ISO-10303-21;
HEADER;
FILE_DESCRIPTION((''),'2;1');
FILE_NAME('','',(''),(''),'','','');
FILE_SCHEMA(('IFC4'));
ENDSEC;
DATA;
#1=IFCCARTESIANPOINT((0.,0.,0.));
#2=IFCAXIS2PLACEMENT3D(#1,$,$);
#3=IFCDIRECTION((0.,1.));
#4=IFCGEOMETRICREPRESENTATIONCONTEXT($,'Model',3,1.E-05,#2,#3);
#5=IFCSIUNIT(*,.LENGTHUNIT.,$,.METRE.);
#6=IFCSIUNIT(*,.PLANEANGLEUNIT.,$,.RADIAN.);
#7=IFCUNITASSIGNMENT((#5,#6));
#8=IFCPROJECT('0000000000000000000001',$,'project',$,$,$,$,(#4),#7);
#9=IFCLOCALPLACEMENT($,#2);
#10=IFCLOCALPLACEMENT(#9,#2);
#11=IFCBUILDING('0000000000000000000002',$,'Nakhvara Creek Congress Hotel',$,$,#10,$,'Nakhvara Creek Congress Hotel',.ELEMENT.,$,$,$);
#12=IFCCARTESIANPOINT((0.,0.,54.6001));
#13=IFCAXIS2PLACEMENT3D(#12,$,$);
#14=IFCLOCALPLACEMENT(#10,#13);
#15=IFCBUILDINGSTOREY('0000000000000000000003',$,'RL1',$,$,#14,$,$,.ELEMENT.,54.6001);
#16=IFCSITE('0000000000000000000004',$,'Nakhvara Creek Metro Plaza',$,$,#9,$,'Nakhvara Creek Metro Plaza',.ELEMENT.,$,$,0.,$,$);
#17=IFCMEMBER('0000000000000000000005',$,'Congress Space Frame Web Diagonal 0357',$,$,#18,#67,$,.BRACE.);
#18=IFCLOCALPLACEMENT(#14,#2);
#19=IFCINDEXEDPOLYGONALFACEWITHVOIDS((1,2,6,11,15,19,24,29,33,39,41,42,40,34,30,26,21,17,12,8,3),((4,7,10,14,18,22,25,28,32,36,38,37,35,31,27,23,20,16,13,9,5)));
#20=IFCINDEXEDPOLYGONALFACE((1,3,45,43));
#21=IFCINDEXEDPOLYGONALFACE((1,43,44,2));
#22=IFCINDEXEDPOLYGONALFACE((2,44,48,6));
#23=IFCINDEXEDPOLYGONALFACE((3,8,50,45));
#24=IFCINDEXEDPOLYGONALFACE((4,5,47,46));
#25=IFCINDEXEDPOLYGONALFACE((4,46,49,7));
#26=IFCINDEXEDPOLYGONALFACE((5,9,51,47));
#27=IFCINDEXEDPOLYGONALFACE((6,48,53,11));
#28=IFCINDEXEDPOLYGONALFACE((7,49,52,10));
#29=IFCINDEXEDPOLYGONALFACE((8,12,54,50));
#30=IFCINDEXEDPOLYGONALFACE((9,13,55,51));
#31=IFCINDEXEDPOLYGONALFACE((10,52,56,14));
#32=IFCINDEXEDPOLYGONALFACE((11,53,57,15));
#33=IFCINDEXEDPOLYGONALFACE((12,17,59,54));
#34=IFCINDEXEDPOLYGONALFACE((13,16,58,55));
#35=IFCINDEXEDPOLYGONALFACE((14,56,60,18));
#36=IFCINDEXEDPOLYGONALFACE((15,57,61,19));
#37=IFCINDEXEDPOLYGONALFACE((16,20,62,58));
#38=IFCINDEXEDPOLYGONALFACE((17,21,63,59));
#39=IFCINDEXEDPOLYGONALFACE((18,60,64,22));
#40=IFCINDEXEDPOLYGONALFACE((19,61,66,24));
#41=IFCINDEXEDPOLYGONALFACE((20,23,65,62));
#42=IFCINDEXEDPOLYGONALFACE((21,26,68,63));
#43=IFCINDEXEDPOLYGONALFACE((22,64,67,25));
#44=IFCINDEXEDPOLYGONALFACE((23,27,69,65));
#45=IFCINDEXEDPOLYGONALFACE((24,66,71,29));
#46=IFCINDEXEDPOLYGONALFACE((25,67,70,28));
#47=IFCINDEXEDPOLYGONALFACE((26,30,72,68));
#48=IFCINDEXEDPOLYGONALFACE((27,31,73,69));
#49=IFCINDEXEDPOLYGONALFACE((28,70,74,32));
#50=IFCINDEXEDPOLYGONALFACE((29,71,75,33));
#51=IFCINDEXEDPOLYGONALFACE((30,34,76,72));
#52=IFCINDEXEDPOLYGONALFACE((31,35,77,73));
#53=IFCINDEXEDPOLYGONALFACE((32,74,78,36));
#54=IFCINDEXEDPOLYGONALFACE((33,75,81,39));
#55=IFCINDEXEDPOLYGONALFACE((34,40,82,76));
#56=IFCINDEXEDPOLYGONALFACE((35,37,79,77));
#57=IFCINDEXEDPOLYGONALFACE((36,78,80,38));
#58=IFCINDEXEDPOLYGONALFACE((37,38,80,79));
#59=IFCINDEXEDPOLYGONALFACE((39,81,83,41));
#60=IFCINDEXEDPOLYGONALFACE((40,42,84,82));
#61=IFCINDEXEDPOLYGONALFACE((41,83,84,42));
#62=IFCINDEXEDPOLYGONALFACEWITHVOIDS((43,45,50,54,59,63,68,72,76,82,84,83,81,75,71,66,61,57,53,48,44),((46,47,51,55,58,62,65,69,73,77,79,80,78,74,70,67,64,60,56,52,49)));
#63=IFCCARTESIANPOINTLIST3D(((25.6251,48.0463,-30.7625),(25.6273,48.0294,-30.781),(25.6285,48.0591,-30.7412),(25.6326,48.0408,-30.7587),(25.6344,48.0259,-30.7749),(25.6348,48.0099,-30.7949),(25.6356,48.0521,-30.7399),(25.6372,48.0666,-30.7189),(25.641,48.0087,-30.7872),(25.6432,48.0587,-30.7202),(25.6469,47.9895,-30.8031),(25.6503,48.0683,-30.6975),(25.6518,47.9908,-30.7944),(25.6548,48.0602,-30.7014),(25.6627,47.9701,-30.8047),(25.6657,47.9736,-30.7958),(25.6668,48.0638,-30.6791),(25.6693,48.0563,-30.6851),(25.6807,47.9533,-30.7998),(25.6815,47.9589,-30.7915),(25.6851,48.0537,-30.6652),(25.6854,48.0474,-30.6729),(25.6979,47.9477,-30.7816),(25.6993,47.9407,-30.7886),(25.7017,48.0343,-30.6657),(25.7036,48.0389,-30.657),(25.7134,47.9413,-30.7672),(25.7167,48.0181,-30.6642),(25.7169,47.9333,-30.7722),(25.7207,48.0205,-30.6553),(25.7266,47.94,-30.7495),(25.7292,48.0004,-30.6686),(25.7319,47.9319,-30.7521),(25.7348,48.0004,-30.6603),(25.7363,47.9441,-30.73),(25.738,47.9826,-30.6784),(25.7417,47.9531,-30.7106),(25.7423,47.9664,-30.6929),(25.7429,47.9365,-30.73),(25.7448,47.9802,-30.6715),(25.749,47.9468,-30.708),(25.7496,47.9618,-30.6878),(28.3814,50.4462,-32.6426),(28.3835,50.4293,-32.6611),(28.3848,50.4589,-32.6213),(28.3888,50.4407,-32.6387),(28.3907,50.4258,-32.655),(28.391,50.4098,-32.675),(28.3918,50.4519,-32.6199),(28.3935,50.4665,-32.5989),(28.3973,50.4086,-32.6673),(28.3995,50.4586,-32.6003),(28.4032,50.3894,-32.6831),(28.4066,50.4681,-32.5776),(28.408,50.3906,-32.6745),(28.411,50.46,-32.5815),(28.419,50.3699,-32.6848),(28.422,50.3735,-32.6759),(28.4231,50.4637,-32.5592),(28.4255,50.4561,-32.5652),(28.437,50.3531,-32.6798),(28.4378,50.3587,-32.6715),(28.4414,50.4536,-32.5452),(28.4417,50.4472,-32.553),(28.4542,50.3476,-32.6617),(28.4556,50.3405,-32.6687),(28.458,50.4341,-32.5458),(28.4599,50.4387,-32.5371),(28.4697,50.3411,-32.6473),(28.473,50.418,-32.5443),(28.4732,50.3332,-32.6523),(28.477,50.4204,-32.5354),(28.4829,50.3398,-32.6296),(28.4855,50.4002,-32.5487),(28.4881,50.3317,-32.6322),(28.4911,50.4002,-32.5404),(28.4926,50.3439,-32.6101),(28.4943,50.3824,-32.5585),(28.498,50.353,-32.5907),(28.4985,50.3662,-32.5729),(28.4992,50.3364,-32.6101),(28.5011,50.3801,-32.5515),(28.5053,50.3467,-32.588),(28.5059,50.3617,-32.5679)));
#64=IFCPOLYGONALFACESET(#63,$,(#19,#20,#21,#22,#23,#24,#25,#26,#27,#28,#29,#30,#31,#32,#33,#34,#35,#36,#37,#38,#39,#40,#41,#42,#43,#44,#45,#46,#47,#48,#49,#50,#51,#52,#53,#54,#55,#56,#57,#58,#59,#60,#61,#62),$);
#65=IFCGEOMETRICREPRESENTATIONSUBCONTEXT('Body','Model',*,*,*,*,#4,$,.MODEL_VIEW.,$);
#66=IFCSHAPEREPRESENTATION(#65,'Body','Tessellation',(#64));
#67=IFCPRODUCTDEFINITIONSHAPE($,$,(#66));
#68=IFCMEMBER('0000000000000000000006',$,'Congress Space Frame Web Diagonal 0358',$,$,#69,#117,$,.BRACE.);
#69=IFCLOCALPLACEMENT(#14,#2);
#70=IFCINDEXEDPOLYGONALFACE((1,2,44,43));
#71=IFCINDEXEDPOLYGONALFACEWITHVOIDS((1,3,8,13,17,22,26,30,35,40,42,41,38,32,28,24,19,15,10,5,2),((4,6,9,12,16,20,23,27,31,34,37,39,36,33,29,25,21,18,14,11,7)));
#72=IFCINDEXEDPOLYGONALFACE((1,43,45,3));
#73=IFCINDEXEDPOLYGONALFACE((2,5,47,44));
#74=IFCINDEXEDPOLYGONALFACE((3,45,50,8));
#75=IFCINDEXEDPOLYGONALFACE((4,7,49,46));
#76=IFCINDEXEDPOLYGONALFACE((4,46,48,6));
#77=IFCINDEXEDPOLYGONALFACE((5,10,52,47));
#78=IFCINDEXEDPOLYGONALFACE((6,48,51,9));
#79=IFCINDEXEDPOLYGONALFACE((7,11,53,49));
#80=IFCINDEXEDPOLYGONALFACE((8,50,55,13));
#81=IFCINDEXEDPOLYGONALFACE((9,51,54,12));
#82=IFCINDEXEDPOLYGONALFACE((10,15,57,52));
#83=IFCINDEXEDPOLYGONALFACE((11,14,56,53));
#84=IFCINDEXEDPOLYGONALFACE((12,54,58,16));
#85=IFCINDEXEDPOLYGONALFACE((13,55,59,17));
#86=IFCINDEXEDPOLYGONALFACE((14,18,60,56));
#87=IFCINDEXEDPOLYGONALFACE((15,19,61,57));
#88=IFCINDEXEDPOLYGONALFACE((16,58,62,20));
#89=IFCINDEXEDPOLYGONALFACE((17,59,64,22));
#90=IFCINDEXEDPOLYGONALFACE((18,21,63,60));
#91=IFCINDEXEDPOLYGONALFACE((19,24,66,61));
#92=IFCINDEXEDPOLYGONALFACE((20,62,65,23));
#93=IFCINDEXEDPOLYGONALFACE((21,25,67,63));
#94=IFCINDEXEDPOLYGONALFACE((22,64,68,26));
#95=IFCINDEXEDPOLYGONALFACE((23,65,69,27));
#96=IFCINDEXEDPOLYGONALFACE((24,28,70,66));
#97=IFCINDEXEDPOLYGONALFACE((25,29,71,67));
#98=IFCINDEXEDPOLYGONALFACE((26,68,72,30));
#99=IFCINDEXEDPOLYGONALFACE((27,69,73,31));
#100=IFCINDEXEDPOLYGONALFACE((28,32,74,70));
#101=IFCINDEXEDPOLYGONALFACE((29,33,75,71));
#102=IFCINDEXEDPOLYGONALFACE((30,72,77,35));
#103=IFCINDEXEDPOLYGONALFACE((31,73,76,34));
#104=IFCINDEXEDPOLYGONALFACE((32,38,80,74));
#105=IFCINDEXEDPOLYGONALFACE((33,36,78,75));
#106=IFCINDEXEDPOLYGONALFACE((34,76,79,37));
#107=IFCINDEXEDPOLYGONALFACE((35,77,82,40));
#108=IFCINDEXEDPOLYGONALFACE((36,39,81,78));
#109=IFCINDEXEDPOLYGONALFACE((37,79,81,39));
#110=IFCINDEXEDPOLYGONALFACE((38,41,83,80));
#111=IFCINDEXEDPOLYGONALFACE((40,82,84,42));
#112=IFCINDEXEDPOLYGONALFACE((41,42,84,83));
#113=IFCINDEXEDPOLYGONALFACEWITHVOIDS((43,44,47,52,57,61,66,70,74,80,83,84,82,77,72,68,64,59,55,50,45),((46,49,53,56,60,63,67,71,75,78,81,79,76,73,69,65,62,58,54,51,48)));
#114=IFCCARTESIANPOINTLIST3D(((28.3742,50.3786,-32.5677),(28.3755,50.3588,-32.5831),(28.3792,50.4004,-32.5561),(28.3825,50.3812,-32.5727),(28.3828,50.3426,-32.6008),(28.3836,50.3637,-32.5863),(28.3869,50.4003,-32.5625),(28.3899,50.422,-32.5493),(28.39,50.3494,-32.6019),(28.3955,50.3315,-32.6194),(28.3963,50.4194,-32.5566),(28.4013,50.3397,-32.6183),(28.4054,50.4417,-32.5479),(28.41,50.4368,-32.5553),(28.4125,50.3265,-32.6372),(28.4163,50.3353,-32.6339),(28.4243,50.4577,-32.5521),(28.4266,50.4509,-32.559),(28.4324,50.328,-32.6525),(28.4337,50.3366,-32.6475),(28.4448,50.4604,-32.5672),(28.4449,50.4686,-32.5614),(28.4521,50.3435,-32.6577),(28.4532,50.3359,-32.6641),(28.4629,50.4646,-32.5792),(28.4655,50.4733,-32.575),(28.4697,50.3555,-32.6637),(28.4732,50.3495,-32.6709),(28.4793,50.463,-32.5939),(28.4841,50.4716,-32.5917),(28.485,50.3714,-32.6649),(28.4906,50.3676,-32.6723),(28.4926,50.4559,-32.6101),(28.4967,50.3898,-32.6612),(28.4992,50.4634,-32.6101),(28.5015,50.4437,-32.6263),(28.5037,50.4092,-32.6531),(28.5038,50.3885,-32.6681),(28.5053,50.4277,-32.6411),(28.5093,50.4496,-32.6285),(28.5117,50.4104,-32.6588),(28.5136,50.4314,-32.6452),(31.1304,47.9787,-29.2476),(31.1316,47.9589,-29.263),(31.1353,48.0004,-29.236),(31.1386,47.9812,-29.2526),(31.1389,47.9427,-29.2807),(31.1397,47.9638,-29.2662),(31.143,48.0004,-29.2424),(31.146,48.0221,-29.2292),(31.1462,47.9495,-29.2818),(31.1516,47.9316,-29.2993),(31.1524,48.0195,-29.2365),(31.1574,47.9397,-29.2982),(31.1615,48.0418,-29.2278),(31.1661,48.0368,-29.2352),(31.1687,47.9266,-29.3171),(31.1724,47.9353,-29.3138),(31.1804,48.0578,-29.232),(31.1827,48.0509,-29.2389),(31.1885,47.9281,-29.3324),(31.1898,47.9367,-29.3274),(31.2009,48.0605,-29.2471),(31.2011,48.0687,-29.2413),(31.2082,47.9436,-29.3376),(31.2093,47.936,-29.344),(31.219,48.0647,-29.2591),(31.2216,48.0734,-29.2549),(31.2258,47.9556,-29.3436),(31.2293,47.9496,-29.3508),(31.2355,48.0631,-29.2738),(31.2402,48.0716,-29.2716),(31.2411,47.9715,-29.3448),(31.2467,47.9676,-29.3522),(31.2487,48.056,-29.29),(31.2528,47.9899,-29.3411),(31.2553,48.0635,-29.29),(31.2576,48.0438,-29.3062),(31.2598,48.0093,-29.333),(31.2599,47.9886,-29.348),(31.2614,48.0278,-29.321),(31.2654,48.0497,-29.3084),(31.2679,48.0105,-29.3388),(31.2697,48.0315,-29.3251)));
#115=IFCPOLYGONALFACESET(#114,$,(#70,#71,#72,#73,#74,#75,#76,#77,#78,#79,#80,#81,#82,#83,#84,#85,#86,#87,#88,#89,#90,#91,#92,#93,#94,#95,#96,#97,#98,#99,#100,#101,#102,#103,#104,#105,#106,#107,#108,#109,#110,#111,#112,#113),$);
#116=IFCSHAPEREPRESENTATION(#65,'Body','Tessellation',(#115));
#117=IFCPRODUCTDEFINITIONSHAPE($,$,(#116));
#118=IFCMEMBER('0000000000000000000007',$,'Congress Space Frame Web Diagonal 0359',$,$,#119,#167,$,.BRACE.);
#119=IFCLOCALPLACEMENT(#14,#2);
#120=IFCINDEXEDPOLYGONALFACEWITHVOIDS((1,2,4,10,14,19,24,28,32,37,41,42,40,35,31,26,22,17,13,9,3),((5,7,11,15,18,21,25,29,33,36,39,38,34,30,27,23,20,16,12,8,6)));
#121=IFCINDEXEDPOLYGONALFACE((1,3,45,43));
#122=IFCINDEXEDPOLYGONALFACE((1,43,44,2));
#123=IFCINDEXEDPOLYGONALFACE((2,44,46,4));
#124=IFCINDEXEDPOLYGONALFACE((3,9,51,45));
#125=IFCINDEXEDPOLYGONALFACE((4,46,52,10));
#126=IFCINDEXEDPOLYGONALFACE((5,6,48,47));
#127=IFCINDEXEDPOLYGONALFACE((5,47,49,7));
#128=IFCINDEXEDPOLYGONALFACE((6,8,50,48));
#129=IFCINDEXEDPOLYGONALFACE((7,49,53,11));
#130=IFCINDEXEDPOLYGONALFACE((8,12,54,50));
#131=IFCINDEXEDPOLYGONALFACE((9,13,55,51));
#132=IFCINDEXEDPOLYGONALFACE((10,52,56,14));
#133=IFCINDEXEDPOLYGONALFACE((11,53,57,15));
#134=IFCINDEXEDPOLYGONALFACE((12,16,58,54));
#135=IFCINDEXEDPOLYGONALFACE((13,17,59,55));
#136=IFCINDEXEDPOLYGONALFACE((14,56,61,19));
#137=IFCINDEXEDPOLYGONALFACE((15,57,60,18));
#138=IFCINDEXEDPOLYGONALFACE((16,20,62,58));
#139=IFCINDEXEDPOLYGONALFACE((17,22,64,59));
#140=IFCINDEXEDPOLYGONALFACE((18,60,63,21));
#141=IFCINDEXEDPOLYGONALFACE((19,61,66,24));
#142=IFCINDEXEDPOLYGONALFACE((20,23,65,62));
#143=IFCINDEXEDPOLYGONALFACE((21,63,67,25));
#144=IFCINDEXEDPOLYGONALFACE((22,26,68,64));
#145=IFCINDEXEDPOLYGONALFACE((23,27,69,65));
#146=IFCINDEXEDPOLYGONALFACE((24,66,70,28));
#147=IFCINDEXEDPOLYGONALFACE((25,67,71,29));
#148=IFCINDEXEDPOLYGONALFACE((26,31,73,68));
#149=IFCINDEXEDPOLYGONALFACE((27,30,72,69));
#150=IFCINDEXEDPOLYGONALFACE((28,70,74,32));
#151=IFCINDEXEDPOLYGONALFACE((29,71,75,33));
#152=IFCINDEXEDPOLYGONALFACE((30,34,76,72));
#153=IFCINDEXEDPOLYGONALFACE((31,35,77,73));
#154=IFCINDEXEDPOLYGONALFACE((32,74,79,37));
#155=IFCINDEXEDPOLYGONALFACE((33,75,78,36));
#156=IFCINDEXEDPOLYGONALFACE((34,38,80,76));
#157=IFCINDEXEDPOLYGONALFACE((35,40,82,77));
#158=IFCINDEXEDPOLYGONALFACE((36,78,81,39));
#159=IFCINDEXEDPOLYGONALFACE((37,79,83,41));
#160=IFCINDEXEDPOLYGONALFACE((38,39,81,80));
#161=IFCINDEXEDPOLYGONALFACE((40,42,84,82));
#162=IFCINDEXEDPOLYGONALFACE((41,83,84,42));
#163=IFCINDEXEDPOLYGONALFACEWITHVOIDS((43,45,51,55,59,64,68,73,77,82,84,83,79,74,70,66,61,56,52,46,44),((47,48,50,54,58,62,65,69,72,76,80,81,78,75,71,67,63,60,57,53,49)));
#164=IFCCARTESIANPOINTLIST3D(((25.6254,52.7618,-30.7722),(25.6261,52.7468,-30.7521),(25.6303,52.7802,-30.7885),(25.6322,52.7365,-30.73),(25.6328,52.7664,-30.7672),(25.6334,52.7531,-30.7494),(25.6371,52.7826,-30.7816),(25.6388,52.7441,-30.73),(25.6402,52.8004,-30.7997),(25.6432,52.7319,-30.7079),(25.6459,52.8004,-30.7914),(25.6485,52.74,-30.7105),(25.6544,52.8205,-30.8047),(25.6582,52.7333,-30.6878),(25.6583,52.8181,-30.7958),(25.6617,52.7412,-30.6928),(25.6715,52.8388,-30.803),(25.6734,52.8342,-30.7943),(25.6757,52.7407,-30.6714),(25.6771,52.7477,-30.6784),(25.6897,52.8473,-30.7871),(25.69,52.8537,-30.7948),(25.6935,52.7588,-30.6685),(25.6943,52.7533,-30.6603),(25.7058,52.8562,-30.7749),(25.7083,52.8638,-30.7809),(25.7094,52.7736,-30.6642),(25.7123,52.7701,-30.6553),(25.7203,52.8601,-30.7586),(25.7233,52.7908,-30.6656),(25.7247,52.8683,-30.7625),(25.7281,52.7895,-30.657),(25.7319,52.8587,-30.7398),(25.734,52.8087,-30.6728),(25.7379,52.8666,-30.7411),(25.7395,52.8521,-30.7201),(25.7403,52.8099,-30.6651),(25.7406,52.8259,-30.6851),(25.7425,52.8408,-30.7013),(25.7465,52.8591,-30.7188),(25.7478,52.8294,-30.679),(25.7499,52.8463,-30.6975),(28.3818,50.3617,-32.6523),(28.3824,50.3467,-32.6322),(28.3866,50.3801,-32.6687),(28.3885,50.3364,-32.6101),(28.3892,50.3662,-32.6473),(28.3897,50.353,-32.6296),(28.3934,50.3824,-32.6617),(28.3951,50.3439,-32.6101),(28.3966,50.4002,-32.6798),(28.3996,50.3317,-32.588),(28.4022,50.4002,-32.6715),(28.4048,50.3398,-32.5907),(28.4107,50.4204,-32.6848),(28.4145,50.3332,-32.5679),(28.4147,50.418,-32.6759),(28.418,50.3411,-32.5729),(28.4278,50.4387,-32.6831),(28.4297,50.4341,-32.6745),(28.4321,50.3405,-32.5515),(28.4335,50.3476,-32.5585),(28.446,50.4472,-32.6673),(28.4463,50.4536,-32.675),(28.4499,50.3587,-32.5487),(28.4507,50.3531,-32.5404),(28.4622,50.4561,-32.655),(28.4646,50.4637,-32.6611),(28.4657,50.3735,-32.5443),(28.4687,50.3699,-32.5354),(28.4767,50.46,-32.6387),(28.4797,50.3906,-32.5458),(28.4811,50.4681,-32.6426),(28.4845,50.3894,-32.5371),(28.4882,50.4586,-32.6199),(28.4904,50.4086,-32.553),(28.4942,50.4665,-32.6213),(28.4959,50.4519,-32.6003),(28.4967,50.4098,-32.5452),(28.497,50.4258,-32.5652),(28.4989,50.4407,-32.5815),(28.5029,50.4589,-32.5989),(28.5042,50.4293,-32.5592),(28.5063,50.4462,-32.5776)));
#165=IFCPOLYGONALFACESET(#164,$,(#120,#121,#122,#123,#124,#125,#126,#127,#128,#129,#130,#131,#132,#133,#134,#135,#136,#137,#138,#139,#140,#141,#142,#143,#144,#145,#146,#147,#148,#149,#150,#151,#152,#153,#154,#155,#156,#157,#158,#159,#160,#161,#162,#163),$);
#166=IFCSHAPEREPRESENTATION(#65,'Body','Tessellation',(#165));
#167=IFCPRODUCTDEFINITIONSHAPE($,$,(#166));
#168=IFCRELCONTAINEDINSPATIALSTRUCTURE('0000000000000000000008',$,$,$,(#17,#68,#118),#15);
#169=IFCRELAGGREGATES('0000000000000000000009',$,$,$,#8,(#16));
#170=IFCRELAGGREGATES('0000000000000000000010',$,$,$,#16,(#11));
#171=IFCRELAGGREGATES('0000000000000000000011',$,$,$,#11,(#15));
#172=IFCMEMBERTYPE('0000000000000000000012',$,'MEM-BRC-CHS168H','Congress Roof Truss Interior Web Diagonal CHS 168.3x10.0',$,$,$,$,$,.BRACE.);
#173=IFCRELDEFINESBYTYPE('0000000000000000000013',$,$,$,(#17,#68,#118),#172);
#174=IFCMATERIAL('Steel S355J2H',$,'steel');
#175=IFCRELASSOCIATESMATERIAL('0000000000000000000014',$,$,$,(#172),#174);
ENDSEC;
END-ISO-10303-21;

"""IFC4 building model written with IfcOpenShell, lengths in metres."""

from ifc_helpers import new_model, si_unit, direction, frame, origin, origin_2d, place, context, subcontext, project, spatial, hollow_circle, extrude, material, material_profile, profile_set, type_object, element, save


model = new_model("IFC4")

# Units and contexts
model_context = context("Model", 3, precision=1e-05, world=origin(), true_north=direction((0.0, 1.0)))
body_context = subcontext(model_context, "Body", "Model", "MODEL_VIEW")
ifc_project = project(units=[si_unit("LENGTHUNIT", "METRE"), si_unit("PLANEANGLEUNIT", "RADIAN")], contexts=[model_context])

# Site, building, storey
site_placement = place(None, origin())
site = spatial("IfcSite", under=ifc_project, at=site_placement, Name="Nakhvara Creek Metro Plaza", LongName="Nakhvara Creek Metro Plaza", CompositionType="ELEMENT", RefElevation=0.0)
building_placement = place(site_placement, origin())
building = spatial("IfcBuilding", under=site, at=building_placement, Name="Nakhvara Creek Congress Hotel", LongName="Nakhvara Creek Congress Hotel", CompositionType="ELEMENT")
storey_placement = place(building_placement, frame((0.0, 0.0, 54.6001)))
storey = spatial("IfcBuildingStorey", under=building, at=storey_placement, Name="RL1", CompositionType="ELEMENT", Elevation=54.6001)

# Members
ifc_material_1 = material(Name="Steel S355J2H", Category="steel")
ifc_material_profile_1 = material_profile(ifc_material_1, hollow_circle(Radius=0.0842, WallThickness=0.01, at=origin_2d()), Name="CHS 168.3x10.0", Category="LoadBearing")
ifc_profile_set_1 = profile_set([ifc_material_profile_1], Name="Steel S355J2H")
member_type_1 = type_object("IfcMemberType", Name="MEM-BRC-CHS168H", Description="Congress Roof Truss Interior Web Diagonal CHS 168.3x10.0", PredefinedType="BRACE", material=ifc_profile_set_1)
member_1_placement = place(storey_placement, frame((28.4438, 50.3999, -32.6101), z_axis=(-0.670649, -0.583922, 0.457455), x_axis=(0.656658, -0.754188, 0.0)))
element("IfcMember", 1, at=member_1_placement, inside=storey, type_object=member_type_1, Name="Congress Space Frame Web Diagonal 0357", PredefinedType="BRACE", context=body_context, shape_type="SweptSolid", body=[
    extrude(hollow_circle(Radius=0.0842, WallThickness=0.01, at=origin_2d()), origin(), (0.0, 0.0, 1.0), 4.1099),
])
member_2_placement = place(storey_placement, frame((28.4438, 50.3999, -32.6101), z_axis=(0.558203, -0.48606, 0.672425), x_axis=(0.656691, 0.75416, 0.0)))
element("IfcMember", 2, at=member_2_placement, inside=storey, type_object=member_type_1, Name="Congress Space Frame Web Diagonal 0358", PredefinedType="BRACE", context=body_context, shape_type="SweptSolid", body=[
    extrude(hollow_circle(Radius=0.0842, WallThickness=0.01, at=origin_2d()), origin(), (0.0, 0.0, 1.0), 4.9375),
])
member_3_placement = place(storey_placement, frame((28.4438, 50.3999, -32.6101), z_axis=(-0.670626, 0.583961, 0.457439), x_axis=(-0.656696, -0.754155, 0.0)))
element("IfcMember", 3, at=member_3_placement, inside=storey, type_object=member_type_1, Name="Congress Space Frame Web Diagonal 0359", PredefinedType="BRACE", context=body_context, shape_type="SweptSolid", body=[
    extrude(hollow_circle(Radius=0.0842, WallThickness=0.01, at=origin_2d()), origin(), (0.0, 0.0, 1.0), 4.1101),
])

save(model, "model.ifc")
